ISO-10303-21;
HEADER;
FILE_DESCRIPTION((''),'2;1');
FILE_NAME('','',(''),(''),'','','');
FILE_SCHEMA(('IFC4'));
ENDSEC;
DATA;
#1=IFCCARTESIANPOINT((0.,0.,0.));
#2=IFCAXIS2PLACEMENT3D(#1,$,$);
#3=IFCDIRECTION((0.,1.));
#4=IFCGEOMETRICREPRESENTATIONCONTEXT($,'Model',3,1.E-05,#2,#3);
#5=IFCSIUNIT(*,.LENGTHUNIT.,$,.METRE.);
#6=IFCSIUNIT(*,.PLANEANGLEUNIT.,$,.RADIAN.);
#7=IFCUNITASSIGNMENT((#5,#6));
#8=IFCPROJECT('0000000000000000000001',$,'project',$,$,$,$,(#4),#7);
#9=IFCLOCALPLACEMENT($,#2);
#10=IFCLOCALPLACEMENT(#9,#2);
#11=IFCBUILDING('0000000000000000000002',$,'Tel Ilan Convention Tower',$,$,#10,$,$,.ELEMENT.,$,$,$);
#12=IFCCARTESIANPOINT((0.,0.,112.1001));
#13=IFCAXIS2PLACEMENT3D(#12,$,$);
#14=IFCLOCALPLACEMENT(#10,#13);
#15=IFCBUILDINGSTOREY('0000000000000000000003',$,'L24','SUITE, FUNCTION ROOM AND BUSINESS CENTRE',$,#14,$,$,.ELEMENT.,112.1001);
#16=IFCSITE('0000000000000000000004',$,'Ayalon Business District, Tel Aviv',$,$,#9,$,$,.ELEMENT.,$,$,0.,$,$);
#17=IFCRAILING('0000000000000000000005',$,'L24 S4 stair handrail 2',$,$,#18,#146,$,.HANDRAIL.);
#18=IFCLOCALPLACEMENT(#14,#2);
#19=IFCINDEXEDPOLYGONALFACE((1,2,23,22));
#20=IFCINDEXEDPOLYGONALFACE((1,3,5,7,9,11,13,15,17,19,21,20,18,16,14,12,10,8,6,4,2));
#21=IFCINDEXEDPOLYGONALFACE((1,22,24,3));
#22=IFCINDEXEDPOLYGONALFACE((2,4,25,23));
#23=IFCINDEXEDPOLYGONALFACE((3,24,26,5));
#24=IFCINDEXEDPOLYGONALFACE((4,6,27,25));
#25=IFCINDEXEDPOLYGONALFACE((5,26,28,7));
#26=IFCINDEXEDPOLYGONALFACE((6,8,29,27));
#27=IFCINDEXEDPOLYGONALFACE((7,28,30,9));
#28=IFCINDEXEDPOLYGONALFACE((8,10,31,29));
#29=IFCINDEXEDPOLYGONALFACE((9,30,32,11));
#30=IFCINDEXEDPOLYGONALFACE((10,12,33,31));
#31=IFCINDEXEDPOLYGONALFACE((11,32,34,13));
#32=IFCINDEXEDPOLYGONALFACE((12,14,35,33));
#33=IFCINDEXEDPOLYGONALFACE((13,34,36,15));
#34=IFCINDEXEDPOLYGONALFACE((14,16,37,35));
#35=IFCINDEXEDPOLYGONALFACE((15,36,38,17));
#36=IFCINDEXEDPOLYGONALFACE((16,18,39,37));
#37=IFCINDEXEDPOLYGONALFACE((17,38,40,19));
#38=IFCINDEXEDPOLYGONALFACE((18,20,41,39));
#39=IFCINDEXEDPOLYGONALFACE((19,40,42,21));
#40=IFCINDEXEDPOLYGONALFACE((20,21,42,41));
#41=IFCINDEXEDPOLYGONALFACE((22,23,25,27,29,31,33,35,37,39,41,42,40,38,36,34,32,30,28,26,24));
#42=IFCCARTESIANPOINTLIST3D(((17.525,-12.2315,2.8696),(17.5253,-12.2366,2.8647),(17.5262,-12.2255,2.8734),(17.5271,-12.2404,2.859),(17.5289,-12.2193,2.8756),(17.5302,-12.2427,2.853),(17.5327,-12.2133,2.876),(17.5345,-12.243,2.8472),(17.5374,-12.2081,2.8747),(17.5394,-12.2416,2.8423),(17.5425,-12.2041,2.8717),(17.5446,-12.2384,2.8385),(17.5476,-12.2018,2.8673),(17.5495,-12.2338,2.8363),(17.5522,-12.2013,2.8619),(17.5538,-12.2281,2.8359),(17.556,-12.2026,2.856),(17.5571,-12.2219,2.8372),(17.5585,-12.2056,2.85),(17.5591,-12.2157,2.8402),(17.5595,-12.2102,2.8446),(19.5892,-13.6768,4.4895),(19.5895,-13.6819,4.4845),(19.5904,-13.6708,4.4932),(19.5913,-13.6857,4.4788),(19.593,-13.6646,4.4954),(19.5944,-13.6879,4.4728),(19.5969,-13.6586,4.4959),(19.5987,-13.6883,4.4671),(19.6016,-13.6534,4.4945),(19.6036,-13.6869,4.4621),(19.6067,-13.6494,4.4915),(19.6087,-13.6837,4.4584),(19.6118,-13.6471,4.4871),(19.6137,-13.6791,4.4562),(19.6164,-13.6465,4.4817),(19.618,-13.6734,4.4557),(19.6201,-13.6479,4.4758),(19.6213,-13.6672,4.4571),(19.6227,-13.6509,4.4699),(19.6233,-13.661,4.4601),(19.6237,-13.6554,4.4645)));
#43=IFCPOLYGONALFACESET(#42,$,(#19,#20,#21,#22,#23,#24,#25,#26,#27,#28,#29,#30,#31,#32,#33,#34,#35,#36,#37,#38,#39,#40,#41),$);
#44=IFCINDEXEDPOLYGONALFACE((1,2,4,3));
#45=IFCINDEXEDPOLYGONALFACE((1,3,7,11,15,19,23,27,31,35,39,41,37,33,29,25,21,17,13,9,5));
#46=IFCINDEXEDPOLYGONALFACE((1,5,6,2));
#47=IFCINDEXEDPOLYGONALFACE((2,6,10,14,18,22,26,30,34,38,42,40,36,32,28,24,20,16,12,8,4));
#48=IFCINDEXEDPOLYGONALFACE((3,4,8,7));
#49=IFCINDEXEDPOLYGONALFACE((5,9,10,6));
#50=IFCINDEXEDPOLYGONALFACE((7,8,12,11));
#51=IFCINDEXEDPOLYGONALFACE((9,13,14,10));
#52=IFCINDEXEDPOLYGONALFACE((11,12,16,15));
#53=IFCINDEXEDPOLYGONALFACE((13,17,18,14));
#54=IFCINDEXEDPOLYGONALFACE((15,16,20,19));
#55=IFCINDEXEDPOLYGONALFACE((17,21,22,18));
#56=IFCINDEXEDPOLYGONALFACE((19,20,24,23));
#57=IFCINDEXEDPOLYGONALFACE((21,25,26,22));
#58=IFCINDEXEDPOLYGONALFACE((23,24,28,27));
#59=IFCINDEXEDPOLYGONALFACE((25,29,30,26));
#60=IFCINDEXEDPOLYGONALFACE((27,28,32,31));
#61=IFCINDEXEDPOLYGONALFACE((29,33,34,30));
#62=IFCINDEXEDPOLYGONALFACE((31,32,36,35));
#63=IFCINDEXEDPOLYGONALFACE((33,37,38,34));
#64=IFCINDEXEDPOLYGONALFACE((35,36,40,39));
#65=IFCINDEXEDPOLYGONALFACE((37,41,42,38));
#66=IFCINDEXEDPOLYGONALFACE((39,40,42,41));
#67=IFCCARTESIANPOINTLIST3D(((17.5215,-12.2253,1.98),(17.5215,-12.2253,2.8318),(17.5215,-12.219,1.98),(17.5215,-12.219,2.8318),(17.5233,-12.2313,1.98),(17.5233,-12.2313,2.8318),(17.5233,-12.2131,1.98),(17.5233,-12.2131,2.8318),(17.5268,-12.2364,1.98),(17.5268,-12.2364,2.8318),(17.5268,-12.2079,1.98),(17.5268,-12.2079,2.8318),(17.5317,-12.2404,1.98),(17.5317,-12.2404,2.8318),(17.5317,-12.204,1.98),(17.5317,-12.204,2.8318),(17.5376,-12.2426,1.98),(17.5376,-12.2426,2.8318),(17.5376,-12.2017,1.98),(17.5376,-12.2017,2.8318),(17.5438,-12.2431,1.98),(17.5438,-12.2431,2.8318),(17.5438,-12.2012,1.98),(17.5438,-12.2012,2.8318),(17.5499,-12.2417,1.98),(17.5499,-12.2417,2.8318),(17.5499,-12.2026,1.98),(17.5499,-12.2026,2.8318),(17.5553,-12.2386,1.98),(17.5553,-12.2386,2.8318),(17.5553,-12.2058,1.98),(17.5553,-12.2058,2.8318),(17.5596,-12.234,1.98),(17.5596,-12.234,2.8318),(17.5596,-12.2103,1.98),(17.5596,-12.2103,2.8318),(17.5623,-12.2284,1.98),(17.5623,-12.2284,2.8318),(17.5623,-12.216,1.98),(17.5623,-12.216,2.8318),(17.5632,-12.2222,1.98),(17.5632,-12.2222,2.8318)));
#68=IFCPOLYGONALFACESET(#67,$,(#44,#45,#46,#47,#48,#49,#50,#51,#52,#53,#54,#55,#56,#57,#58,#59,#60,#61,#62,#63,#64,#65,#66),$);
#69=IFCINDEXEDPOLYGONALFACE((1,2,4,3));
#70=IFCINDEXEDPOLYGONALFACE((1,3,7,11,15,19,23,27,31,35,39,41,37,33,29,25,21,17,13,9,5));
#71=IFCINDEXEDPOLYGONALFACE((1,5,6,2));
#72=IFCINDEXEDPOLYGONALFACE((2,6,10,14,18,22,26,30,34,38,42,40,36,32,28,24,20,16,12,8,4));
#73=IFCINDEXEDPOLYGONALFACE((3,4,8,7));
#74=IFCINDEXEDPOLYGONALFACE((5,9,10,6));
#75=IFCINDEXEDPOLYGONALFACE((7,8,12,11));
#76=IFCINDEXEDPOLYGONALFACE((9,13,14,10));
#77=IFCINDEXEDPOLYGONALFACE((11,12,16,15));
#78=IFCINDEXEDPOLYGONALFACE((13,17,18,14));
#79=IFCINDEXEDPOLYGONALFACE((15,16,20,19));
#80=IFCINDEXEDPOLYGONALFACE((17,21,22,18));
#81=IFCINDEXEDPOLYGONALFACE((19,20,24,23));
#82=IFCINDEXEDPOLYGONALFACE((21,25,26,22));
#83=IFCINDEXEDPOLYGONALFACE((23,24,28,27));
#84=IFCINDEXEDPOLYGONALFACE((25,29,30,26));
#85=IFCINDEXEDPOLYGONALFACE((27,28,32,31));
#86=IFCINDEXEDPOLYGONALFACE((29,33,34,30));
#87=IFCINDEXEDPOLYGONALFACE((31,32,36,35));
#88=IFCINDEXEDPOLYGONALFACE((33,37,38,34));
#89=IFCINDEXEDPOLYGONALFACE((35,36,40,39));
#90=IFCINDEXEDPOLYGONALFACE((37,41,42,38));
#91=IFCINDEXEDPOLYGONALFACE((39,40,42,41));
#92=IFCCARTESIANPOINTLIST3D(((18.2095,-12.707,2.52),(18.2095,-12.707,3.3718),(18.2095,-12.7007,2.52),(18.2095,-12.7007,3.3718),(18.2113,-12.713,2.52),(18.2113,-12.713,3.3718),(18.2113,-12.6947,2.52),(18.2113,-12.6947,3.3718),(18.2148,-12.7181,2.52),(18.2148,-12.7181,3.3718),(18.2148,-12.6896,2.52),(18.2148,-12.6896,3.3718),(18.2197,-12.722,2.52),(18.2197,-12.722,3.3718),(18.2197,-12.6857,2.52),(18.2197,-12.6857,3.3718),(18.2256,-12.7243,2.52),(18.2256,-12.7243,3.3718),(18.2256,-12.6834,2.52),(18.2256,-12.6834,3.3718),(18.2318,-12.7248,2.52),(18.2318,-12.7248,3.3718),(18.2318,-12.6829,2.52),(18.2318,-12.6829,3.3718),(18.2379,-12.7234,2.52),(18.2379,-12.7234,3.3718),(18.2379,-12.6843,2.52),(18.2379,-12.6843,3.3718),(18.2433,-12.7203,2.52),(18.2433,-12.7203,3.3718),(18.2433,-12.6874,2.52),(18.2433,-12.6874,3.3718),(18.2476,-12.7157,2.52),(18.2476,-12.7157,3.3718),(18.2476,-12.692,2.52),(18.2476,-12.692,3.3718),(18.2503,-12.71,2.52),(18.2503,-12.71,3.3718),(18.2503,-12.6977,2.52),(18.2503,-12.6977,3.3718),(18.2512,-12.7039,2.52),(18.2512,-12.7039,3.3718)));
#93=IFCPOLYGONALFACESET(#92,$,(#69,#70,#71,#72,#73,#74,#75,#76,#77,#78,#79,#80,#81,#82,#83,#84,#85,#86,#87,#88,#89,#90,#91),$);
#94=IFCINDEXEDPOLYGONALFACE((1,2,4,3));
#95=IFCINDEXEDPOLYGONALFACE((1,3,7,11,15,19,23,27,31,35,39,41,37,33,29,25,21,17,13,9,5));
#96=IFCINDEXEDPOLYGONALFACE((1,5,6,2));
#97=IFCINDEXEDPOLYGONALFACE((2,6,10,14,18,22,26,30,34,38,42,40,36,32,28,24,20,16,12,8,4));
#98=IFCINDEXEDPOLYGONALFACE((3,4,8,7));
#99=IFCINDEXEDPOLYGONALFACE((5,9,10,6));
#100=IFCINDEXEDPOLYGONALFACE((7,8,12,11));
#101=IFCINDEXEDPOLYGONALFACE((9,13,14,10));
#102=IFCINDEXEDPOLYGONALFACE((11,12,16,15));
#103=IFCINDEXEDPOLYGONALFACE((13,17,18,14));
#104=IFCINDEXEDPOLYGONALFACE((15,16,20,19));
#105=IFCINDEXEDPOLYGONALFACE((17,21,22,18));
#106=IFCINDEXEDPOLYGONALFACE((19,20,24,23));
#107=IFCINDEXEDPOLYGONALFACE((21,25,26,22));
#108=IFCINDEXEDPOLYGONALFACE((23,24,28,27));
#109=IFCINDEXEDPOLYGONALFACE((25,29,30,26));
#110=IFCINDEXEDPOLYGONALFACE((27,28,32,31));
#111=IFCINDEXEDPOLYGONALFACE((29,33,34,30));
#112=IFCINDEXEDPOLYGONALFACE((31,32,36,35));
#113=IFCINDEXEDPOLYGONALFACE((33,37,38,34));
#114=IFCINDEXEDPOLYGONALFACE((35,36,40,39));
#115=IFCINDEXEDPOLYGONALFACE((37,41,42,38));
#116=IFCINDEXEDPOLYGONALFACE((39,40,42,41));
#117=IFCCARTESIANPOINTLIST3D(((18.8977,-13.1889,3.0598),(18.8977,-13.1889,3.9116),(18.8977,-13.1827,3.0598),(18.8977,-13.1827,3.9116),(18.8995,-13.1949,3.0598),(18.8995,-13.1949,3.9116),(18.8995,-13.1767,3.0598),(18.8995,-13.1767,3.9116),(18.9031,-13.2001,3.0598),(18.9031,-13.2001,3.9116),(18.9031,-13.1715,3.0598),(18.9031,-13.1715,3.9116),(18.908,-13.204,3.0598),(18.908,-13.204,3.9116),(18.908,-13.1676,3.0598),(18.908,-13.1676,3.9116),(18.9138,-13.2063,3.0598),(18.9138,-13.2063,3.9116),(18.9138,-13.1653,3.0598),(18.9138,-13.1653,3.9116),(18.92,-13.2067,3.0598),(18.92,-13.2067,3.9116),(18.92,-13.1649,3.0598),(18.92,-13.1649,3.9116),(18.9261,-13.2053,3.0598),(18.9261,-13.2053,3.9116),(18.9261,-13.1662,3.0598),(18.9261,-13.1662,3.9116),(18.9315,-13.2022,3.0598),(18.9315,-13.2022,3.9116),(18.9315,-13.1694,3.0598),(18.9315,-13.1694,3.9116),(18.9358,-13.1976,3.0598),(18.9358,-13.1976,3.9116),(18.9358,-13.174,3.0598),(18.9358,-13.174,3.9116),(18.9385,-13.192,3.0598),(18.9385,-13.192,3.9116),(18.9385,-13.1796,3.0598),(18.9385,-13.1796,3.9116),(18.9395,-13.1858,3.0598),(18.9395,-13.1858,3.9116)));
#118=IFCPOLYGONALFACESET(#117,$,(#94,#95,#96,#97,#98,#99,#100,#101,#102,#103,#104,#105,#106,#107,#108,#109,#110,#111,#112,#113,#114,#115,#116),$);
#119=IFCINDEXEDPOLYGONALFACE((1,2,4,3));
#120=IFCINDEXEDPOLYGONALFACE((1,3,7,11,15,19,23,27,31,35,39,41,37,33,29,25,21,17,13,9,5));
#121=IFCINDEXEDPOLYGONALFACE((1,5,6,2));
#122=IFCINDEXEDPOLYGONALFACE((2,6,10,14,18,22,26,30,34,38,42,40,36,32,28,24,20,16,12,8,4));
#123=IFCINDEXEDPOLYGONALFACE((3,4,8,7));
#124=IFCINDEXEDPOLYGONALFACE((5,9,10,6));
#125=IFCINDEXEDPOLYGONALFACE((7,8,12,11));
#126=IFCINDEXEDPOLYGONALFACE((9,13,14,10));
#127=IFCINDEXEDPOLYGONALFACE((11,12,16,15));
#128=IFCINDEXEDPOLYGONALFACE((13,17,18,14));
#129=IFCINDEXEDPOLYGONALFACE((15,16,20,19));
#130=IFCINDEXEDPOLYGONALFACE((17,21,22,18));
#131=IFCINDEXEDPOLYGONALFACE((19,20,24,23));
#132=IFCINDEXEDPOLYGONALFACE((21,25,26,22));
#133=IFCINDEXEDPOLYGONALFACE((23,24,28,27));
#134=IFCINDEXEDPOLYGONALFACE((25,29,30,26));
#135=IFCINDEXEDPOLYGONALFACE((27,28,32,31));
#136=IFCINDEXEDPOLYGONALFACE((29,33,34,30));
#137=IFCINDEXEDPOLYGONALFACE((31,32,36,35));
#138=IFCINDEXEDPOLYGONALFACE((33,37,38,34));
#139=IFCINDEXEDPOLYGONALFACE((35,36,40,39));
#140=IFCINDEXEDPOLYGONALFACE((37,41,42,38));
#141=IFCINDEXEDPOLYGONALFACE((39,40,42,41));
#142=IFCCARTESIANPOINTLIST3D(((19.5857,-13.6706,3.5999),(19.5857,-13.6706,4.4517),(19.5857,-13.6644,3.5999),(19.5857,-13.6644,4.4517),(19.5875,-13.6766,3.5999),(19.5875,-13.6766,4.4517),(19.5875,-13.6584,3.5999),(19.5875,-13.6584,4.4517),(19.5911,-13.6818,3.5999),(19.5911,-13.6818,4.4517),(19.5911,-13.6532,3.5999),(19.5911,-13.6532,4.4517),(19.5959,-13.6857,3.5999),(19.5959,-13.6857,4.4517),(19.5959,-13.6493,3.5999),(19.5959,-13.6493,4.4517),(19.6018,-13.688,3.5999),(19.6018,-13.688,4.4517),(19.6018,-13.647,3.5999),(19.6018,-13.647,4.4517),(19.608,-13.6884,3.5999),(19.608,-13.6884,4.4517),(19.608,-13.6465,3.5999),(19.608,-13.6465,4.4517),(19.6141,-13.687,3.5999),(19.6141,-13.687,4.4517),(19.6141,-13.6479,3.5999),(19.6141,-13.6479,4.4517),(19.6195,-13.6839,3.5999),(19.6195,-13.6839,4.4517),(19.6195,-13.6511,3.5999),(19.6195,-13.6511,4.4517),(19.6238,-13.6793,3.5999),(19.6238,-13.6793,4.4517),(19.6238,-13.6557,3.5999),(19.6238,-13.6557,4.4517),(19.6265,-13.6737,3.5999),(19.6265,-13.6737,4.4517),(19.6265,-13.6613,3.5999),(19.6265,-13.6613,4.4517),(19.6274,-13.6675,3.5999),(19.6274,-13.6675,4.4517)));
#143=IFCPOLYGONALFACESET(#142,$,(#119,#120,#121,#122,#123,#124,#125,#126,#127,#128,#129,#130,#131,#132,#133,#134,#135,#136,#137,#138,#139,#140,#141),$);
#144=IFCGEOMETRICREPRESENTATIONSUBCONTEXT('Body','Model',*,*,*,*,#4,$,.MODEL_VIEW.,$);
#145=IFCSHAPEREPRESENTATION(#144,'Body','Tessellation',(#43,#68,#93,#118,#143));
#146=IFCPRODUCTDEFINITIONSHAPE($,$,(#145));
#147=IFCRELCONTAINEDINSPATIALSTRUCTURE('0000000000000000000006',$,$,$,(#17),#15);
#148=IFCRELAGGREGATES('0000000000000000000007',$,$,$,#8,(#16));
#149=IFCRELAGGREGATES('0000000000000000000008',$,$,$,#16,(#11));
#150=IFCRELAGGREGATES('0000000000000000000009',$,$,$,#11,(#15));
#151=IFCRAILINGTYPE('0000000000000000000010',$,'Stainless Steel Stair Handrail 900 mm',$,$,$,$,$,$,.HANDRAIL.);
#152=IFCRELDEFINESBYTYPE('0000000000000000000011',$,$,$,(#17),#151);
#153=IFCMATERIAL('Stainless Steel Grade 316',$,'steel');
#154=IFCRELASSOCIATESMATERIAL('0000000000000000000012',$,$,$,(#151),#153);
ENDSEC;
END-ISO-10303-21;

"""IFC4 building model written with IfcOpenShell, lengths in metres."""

from ifc_helpers import new_model, si_unit, direction, frame, origin, origin_2d, place, context, subcontext, project, spatial, circle, extrude, material, type_object, element, save


model = new_model("IFC4")

# Units and contexts
model_context = context("Model", 3, precision=1e-05, world=origin(), true_north=direction((0.0, 1.0)))
body_context = subcontext(model_context, "Body", "Model", "MODEL_VIEW")
ifc_project = project(units=[si_unit("LENGTHUNIT", "METRE"), si_unit("PLANEANGLEUNIT", "RADIAN")], contexts=[model_context])

# Site, building, storey
site_placement = place(None, origin())
site = spatial("IfcSite", under=ifc_project, at=site_placement, Name="Ayalon Business District, Tel Aviv", CompositionType="ELEMENT", RefElevation=0.0)
building_placement = place(site_placement, origin())
building = spatial("IfcBuilding", under=site, at=building_placement, Name="Tel Ilan Convention Tower", CompositionType="ELEMENT")
storey_placement = place(building_placement, frame((0.0, 0.0, 112.1001)))
storey = spatial("IfcBuildingStorey", under=building, at=storey_placement, Name="L24", Description="SUITE, FUNCTION ROOM AND BUSINESS CENTRE", CompositionType="ELEMENT", Elevation=112.1001)

# Railing
ifc_material_1 = material(Name="Stainless Steel Grade 316", Category="steel")
railing_type_1 = type_object("IfcRailingType", Name="Stainless Steel Stair Handrail 900 mm", PredefinedType="HANDRAIL", material=ifc_material_1)
railing_1_placement = place(storey_placement, frame((17.5422, -12.2222, 1.98)))
element("IfcRailing", 1, at=railing_1_placement, inside=storey, type_object=railing_type_1, Name="L24 S4 stair handrail 2", PredefinedType="HANDRAIL", context=body_context, shape_type="SweptSolid", body=[
    extrude(circle(Radius=0.0239, at=origin_2d()), frame((0.0, 0.0, 0.876), z_axis=(0.68907, -0.482472, 0.540743), x_axis=(0.57356, 0.819164, 0.0)), (0.0, 0.0, 1.0), 2.9956),
    extrude(circle(Radius=0.021, at=origin_2d()), origin(), (0.0, 0.0, 1.0), 0.8518),
    extrude(circle(Radius=0.021, at=origin_2d()), frame((0.688, -0.4817, 0.54)), (0.0, 0.0, 1.0), 0.8518),
    extrude(circle(Radius=0.021, at=origin_2d()), frame((1.3762, -0.9636, 1.0798)), (0.0, 0.0, 1.0), 0.8518),
    extrude(circle(Radius=0.021, at=origin_2d()), frame((2.0642, -1.4453, 1.6199)), (0.0, 0.0, 1.0), 0.8518),
])

save(model, "model.ifc")
